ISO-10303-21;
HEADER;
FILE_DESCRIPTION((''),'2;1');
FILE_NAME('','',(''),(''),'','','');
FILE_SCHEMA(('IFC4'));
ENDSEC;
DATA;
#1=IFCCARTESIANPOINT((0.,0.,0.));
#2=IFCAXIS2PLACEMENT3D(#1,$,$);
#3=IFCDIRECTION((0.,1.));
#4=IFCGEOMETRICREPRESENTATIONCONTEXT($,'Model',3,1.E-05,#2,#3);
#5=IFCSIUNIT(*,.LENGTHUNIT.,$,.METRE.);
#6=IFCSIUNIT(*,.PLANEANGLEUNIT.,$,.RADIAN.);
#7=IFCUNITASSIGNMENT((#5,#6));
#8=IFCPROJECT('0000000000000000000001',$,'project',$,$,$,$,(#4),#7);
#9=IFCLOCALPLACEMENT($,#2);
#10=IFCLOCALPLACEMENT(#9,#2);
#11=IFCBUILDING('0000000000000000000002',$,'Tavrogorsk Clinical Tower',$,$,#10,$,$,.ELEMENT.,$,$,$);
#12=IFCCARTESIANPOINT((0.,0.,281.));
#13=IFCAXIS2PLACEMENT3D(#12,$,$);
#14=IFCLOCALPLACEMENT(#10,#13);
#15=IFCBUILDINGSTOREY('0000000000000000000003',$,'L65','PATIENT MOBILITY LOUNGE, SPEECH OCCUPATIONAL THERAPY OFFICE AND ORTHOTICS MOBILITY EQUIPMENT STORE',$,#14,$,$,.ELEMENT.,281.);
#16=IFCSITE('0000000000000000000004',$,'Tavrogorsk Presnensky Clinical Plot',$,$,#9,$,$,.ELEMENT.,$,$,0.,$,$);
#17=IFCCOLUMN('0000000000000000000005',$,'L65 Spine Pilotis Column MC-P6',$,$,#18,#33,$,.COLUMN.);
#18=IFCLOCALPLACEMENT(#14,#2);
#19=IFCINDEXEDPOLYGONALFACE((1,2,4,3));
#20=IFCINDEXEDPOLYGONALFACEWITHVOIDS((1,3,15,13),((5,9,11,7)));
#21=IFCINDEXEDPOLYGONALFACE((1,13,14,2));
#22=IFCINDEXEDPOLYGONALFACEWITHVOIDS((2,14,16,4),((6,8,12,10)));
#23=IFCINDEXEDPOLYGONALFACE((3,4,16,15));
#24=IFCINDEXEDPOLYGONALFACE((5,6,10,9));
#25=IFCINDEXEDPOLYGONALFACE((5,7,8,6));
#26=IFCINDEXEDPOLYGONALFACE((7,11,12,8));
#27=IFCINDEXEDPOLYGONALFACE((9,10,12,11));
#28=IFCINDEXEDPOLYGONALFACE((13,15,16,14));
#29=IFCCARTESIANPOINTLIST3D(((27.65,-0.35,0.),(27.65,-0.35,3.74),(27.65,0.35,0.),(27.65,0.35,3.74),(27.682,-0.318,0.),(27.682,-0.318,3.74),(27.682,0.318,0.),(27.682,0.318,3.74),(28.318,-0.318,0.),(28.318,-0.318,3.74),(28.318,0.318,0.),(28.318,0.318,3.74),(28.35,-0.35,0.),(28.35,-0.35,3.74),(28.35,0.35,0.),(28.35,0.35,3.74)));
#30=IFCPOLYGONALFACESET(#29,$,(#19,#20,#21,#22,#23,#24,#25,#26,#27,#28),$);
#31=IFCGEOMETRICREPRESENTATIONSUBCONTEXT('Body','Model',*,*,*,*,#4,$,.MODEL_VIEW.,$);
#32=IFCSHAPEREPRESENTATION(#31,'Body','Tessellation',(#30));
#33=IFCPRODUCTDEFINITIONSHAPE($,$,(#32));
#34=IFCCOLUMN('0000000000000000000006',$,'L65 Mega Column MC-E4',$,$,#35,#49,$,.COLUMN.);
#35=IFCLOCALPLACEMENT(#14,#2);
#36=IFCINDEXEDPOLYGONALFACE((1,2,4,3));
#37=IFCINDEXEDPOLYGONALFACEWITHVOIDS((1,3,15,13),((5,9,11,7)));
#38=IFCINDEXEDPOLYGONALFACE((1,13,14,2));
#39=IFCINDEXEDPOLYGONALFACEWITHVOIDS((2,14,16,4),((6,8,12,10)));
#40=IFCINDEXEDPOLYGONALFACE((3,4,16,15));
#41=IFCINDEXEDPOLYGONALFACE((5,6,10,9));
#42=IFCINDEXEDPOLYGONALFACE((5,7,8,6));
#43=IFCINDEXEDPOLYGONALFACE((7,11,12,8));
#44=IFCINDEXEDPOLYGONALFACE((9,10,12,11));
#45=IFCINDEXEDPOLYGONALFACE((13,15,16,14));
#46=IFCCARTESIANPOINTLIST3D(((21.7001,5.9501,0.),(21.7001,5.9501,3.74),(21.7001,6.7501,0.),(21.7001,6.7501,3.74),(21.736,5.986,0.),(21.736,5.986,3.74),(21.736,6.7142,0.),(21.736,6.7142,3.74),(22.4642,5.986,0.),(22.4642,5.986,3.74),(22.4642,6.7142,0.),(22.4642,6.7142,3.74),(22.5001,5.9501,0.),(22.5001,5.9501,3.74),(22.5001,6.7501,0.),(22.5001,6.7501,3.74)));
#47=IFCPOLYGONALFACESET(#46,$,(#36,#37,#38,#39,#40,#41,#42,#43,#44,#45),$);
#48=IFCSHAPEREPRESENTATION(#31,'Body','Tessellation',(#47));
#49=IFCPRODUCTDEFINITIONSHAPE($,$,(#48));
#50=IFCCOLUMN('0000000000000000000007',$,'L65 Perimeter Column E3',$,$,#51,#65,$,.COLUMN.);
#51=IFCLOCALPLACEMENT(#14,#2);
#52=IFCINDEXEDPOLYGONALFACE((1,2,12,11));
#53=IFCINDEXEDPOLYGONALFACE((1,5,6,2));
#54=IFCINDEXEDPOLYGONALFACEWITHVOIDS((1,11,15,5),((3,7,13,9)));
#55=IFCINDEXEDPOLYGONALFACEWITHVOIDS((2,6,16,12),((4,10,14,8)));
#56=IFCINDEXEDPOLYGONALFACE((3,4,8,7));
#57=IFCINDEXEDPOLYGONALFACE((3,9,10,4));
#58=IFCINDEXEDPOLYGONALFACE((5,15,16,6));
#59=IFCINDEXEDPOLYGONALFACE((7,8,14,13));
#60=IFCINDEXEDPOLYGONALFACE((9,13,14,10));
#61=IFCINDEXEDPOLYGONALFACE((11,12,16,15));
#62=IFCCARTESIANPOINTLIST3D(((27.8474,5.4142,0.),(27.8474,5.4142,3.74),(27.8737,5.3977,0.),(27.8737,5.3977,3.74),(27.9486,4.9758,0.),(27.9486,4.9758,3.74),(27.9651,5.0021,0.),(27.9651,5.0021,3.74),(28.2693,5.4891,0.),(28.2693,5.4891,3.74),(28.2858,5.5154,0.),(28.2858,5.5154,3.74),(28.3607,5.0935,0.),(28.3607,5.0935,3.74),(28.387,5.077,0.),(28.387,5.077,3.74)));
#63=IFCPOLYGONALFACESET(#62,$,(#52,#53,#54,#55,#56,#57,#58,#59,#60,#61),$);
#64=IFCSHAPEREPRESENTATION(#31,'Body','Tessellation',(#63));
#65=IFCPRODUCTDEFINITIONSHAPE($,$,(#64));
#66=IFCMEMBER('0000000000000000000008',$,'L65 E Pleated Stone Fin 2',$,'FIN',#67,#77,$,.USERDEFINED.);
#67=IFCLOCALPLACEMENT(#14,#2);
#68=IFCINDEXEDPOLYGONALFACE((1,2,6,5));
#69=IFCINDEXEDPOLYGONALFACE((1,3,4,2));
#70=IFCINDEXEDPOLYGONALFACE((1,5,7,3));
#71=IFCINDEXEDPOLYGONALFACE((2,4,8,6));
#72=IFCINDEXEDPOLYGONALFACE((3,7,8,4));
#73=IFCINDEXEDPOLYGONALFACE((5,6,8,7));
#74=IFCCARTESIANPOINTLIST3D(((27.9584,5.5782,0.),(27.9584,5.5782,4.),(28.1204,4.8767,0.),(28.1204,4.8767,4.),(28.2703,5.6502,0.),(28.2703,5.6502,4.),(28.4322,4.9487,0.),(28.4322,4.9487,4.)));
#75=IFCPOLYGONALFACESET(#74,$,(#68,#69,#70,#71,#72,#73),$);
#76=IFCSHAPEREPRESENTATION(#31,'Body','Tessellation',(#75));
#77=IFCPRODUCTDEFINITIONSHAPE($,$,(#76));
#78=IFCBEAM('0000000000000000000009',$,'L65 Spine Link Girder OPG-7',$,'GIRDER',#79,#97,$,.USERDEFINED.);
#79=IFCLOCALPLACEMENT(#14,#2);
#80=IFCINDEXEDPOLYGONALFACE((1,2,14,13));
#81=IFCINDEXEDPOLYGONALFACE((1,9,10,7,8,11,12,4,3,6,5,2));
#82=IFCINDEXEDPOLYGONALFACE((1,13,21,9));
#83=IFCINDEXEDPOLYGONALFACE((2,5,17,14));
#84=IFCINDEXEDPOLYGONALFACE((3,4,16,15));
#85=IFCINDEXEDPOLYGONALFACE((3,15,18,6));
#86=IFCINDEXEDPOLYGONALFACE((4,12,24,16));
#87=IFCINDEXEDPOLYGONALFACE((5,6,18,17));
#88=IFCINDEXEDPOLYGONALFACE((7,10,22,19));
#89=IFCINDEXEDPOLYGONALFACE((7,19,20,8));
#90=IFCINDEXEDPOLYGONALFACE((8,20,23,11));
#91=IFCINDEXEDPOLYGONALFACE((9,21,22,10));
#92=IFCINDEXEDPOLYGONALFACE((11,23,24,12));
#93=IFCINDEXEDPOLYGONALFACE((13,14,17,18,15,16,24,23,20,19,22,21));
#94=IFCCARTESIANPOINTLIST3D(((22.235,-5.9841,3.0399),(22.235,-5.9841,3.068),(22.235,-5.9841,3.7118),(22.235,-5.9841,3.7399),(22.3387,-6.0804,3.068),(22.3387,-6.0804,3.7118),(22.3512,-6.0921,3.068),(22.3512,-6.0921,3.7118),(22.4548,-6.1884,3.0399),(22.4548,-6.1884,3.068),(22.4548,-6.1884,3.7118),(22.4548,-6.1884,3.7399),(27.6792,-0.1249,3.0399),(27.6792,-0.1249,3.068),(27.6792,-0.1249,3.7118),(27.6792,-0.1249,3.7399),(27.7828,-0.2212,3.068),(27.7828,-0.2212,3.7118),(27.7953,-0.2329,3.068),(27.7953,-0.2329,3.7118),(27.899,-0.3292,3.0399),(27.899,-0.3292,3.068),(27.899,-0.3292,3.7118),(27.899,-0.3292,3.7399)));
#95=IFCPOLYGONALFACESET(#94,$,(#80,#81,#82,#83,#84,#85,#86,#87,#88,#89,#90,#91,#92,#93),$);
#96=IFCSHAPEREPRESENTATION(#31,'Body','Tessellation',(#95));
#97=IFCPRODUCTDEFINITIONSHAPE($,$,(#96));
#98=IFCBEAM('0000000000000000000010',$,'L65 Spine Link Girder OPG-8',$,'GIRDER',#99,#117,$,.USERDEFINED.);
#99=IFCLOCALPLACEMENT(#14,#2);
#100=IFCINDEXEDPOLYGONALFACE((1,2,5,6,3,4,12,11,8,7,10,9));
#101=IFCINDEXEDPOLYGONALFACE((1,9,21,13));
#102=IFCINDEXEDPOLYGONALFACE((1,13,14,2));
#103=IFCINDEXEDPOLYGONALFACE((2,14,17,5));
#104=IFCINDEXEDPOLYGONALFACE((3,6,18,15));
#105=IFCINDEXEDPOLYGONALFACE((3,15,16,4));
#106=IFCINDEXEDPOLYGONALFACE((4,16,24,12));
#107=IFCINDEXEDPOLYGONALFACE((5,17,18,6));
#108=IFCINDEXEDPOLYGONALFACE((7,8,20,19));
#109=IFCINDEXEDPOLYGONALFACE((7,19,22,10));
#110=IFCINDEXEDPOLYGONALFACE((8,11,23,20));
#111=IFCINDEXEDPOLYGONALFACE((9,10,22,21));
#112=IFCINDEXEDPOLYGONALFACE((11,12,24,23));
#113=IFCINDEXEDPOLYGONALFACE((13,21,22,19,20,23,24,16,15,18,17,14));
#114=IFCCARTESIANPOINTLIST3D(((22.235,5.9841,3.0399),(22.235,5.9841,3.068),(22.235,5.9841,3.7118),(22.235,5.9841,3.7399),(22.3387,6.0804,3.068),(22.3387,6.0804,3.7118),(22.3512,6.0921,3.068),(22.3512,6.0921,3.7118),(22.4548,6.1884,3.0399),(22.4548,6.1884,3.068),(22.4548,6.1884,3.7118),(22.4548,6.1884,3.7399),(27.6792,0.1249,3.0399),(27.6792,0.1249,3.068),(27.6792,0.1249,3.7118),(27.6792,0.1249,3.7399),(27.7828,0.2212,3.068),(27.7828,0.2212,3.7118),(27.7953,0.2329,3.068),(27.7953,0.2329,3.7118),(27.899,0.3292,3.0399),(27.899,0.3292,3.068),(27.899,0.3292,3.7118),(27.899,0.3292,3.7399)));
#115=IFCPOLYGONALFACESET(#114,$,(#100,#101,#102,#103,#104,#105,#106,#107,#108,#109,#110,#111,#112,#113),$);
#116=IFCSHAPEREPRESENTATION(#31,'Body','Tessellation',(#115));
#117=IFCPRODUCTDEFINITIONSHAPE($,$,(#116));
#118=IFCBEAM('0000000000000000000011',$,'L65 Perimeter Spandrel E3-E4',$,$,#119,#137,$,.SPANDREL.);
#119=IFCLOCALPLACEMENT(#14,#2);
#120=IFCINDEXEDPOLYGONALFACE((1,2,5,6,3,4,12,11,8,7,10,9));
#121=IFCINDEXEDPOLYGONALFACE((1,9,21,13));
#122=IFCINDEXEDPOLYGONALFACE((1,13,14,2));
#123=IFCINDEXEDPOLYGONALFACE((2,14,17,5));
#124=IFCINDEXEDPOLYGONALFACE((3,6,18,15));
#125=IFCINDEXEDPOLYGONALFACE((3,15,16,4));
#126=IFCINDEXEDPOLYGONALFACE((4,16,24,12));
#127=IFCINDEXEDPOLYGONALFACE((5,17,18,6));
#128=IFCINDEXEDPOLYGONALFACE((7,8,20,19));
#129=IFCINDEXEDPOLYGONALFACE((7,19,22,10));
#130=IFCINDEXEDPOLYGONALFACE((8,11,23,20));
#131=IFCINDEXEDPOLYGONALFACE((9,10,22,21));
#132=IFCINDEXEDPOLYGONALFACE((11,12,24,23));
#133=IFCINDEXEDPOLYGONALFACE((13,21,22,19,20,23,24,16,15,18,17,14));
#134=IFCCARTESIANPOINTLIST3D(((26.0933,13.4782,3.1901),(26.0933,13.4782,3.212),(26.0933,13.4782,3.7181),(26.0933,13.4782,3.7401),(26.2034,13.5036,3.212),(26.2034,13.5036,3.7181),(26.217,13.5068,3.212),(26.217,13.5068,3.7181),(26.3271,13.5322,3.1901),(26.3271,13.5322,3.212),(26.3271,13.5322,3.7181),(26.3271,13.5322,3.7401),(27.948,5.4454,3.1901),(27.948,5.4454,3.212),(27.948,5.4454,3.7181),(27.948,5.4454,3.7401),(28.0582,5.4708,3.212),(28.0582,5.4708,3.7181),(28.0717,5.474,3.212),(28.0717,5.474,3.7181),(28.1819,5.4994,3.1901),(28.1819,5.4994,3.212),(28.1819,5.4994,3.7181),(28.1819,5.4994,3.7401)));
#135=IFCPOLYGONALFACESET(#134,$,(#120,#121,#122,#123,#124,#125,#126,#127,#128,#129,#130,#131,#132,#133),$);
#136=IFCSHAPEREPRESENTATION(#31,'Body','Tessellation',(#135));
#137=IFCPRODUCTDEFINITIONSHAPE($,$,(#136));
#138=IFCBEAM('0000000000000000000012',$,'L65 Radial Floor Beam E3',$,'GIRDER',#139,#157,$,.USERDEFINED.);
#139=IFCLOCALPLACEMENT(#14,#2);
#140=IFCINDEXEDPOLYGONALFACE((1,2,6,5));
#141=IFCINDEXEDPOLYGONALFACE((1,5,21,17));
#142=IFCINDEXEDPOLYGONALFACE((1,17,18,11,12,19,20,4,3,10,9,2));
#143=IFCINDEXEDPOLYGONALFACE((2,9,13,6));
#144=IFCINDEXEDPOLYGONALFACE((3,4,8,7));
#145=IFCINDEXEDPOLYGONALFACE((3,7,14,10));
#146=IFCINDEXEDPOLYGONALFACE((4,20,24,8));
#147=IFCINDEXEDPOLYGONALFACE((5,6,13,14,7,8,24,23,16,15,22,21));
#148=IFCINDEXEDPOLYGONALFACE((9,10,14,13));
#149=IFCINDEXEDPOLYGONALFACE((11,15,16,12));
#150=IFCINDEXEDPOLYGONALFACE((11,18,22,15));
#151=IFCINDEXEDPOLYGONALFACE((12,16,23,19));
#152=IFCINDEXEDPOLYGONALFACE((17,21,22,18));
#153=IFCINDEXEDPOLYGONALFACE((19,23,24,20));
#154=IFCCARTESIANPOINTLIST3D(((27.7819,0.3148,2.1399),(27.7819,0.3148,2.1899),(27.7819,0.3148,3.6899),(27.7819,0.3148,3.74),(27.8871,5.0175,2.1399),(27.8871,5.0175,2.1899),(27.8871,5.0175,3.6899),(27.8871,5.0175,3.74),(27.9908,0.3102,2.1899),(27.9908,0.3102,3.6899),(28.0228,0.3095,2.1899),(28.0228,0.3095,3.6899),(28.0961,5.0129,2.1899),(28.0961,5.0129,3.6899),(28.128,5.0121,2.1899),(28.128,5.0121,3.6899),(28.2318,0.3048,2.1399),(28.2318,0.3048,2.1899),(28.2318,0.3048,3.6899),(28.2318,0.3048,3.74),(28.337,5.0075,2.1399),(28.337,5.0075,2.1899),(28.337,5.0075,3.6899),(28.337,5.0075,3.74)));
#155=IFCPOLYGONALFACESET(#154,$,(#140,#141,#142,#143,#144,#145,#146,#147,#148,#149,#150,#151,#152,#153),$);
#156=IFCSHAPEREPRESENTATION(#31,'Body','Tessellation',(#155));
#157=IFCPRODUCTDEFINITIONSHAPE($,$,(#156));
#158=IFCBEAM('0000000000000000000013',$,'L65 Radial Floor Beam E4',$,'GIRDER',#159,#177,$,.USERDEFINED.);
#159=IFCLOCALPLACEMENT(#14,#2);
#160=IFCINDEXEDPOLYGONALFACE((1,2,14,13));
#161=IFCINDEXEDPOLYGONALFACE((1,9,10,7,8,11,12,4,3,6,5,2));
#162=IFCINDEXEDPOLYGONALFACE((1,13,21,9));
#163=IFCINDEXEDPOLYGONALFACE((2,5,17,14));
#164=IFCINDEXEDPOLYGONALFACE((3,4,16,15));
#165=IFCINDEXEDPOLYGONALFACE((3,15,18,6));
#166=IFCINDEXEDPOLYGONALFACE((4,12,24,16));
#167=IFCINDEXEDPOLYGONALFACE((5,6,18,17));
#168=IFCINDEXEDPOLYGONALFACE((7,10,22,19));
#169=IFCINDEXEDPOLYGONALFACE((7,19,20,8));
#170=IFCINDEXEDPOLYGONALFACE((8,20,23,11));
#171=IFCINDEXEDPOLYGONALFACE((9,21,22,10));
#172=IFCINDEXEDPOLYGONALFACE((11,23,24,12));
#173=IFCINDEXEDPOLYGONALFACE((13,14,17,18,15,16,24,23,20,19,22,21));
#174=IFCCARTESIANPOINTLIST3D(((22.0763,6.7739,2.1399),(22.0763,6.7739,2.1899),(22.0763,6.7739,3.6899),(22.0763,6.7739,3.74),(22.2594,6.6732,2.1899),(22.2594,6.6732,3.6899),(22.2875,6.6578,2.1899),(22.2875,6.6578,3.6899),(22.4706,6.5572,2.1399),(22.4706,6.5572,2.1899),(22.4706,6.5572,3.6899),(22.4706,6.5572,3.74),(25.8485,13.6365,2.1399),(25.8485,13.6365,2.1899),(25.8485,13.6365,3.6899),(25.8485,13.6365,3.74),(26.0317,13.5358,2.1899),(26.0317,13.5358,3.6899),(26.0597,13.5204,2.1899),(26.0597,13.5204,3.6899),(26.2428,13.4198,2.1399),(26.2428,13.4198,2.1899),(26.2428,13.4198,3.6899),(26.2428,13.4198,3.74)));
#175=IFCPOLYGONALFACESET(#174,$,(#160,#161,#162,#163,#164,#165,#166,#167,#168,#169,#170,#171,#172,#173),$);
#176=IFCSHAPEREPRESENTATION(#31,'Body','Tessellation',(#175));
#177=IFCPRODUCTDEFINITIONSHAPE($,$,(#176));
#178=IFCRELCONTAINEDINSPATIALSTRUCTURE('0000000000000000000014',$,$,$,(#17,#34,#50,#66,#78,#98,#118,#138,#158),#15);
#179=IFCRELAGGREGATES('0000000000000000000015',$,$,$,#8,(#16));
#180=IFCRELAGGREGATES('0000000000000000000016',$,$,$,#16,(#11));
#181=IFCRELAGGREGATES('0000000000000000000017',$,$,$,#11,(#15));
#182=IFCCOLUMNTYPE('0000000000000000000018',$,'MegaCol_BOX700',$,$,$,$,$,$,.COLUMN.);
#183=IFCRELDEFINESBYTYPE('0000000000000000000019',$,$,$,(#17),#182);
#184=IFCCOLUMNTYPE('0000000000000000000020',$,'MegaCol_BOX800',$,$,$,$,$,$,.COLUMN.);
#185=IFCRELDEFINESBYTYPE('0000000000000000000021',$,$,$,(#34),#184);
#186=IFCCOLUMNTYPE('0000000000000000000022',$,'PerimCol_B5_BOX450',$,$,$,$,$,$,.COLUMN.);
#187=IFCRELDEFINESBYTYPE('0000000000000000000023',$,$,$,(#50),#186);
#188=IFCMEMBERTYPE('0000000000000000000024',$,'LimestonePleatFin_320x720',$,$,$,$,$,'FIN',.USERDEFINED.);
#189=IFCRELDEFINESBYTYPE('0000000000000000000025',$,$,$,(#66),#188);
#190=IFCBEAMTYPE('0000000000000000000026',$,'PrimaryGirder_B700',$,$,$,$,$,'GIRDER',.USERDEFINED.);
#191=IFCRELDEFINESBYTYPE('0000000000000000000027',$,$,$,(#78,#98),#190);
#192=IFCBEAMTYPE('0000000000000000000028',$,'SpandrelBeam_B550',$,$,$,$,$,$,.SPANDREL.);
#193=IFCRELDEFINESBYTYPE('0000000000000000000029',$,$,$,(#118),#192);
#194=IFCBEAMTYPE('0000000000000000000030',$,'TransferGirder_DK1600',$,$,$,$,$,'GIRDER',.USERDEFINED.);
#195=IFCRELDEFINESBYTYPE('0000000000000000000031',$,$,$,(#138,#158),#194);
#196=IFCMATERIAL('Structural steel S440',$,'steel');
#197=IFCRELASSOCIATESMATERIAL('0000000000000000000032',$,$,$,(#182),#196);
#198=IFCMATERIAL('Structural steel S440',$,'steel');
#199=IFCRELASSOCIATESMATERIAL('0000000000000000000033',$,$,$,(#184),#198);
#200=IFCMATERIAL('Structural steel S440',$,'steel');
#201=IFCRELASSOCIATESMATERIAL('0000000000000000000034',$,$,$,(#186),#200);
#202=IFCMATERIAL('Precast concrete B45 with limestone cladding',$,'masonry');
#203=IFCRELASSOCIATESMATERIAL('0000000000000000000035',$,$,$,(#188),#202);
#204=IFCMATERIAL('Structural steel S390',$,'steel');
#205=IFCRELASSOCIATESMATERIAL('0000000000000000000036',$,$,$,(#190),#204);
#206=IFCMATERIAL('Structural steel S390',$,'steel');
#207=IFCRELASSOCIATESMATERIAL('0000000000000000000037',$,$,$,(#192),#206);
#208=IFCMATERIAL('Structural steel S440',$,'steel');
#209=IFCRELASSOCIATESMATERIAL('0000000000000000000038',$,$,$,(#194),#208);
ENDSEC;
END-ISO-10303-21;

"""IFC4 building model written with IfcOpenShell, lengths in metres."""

from ifc_helpers import new_model, si_unit, direction, frame, origin, origin_2d, place, context, subcontext, project, spatial, rectangle, hollow_rectangle, i_section, extrude, material, material_profile, profile_set, type_object, element, save


model = new_model("IFC4")

# Units and contexts
model_context = context("Model", 3, precision=1e-05, world=origin(), true_north=direction((0.0, 1.0)))
body_context = subcontext(model_context, "Body", "Model", "MODEL_VIEW")
ifc_project = project(units=[si_unit("LENGTHUNIT", "METRE"), si_unit("PLANEANGLEUNIT", "RADIAN")], contexts=[model_context])

# Site, building, storey
site_placement = place(None, origin())
site = spatial("IfcSite", under=ifc_project, at=site_placement, Name="Tavrogorsk Presnensky Clinical Plot", CompositionType="ELEMENT", RefElevation=0.0)
building_placement = place(site_placement, origin())
building = spatial("IfcBuilding", under=site, at=building_placement, Name="Tavrogorsk Clinical Tower", CompositionType="ELEMENT")
storey_placement = place(building_placement, frame((0.0, 0.0, 281.0)))
storey = spatial("IfcBuildingStorey", under=building, at=storey_placement, Name="L65", Description="PATIENT MOBILITY LOUNGE, SPEECH OCCUPATIONAL THERAPY OFFICE AND ORTHOTICS MOBILITY EQUIPMENT STORE", CompositionType="ELEMENT", Elevation=281.0)

# Columns
ifc_material_1 = material(Name="Structural steel S440", Category="steel")
ifc_material_profile_1 = material_profile(ifc_material_1, hollow_rectangle(XDim=0.7, YDim=0.7, WallThickness=0.032, at=origin_2d()), Name="BOX-700x700x32")
ifc_profile_set_1 = profile_set([ifc_material_profile_1], Name="Structural steel S440")
column_type_1 = type_object("IfcColumnType", Name="MegaCol_BOX700", PredefinedType="COLUMN", material=ifc_profile_set_1)
column_1_placement = place(storey_placement, frame((28.0, 0.0, 0.0), z_axis=(0.0, 0.0, 1.0), x_axis=(1.0, 0.0, 0.0)))
element("IfcColumn", 1, at=column_1_placement, inside=storey, type_object=column_type_1, Name="L65 Spine Pilotis Column MC-P6", PredefinedType="COLUMN", context=body_context, shape_type="SweptSolid", body=[
    extrude(hollow_rectangle(XDim=0.7, YDim=0.7, WallThickness=0.032, at=origin_2d()), origin(), (0.0, 0.0, 1.0), 3.74),
])
ifc_material_2 = material(Name="Structural steel S440", Category="steel")
ifc_material_profile_2 = material_profile(ifc_material_2, hollow_rectangle(XDim=0.8, YDim=0.8, WallThickness=0.0359, at=origin_2d()), Name="BOX-800x800x36")
ifc_profile_set_2 = profile_set([ifc_material_profile_2], Name="Structural steel S440")
column_type_2 = type_object("IfcColumnType", Name="MegaCol_BOX800", PredefinedType="COLUMN", material=ifc_profile_set_2)
column_2_placement = place(storey_placement, frame((22.1001, 6.3501, 0.0), z_axis=(0.0, 0.0, 1.0), x_axis=(1.0, 0.0, 0.0)))
element("IfcColumn", 2, at=column_2_placement, inside=storey, type_object=column_type_2, Name="L65 Mega Column MC-E4", PredefinedType="COLUMN", context=body_context, shape_type="SweptSolid", body=[
    extrude(hollow_rectangle(XDim=0.8, YDim=0.8, WallThickness=0.0359, at=origin_2d()), origin(), (0.0, 0.0, 1.0), 3.74),
])
ifc_material_3 = material(Name="Structural steel S440", Category="steel")
ifc_material_profile_3 = material_profile(ifc_material_3, hollow_rectangle(XDim=0.45, YDim=0.45, WallThickness=0.022, at=origin_2d()), Name="BOX-450x450x22")
ifc_profile_set_3 = profile_set([ifc_material_profile_3], Name="Structural steel S440")
column_type_3 = type_object("IfcColumnType", Name="PerimCol_B5_BOX450", PredefinedType="COLUMN", material=ifc_profile_set_3)
column_3_placement = place(storey_placement, frame((28.1172, 5.2456, 0.0), z_axis=(0.0, 0.0, 1.0), x_axis=(0.97437, 0.224951, 0.0)))
element("IfcColumn", 3, at=column_3_placement, inside=storey, type_object=column_type_3, Name="L65 Perimeter Column E3", PredefinedType="COLUMN", context=body_context, shape_type="SweptSolid", body=[
    extrude(hollow_rectangle(XDim=0.45, YDim=0.45, WallThickness=0.022, at=origin_2d()), origin(), (0.0, 0.0, 1.0), 3.74),
])

# Member
ifc_material_4 = material(Name="Precast concrete B45 with limestone cladding", Category="masonry")
ifc_material_profile_4 = material_profile(ifc_material_4, rectangle(XDim=0.3201, YDim=0.72, at=origin_2d()), Name="LIMESTONE-FIN-320x720")
ifc_profile_set_4 = profile_set([ifc_material_profile_4], Name="Precast concrete B45 with limestone cladding")
member_type = type_object("IfcMemberType", Name="LimestonePleatFin_320x720", ElementType="FIN", PredefinedType="USERDEFINED", material=ifc_profile_set_4)
member_placement = place(storey_placement, frame((28.1953, 5.2634, 0.0), z_axis=(0.0, 0.0, 1.0), x_axis=(0.97437, 0.224951, 0.0)))
element("IfcMember", 4, at=member_placement, inside=storey, type_object=member_type, Name="L65 E Pleated Stone Fin 2", ObjectType="FIN", PredefinedType="USERDEFINED", context=body_context, shape_type="SweptSolid", body=[
    extrude(rectangle(XDim=0.3201, YDim=0.72, at=origin_2d()), origin(), (0.0, 0.0, 1.0), 4.0),
])

# Beams
ifc_material_5 = material(Name="Structural steel S390", Category="steel")
ifc_material_profile_5 = material_profile(ifc_material_5, i_section(OverallWidth=0.3, OverallDepth=0.7, WebThickness=0.0171, FlangeThickness=0.0281, at=origin_2d()), Name="B-700x300x17x28")
ifc_profile_set_5 = profile_set([ifc_material_profile_5], Name="Structural steel S390")
beam_type_1 = type_object("IfcBeamType", Name="PrimaryGirder_B700", ElementType="GIRDER", PredefinedType="USERDEFINED", material=ifc_profile_set_5)
for number, where, z_axis, x_axis, name in (
    (5, (27.7891, -0.2271, 3.3899), (-0.680684, -0.732577, 0.0), (0.732577, -0.680684, 0.0), "L65 Spine Link Girder OPG-7"),
    (6, (27.7891, 0.2271, 3.3899), (-0.680684, 0.732577, 0.0), (-0.732577, -0.680684, 0.0), "L65 Spine Link Girder OPG-8"),
):
    element("IfcBeam", number, at=place(storey_placement, frame(where, z_axis=z_axis, x_axis=x_axis)), inside=storey, type_object=beam_type_1, Name=name, ObjectType="GIRDER", PredefinedType="USERDEFINED", context=body_context, shape_type="SweptSolid", body=[
        extrude(i_section(OverallWidth=0.3, OverallDepth=0.7, WebThickness=0.0171, FlangeThickness=0.0281, at=origin_2d()), origin(), (0.0, 0.0, 1.0), 7.998),
    ])
ifc_material_6 = material(Name="Structural steel S390", Category="steel")
ifc_material_profile_6 = material_profile(ifc_material_6, i_section(OverallWidth=0.24, OverallDepth=0.55, WebThickness=0.0139, FlangeThickness=0.022, at=origin_2d()), Name="B-550x240x14x22")
ifc_profile_set_6 = profile_set([ifc_material_profile_6], Name="Structural steel S390")
beam_type_2 = type_object("IfcBeamType", Name="SpandrelBeam_B550", PredefinedType="SPANDREL", material=ifc_profile_set_6)
beam_1_placement = place(storey_placement, frame((28.0649, 5.4724, 3.4651), z_axis=(-0.224978, 0.974364, 0.0), x_axis=(-0.974364, -0.224978, 0.0)))
element("IfcBeam", 7, at=beam_1_placement, inside=storey, type_object=beam_type_2, Name="L65 Perimeter Spandrel E3-E4", PredefinedType="SPANDREL", context=body_context, shape_type="SweptSolid", body=[
    extrude(i_section(OverallWidth=0.24, OverallDepth=0.55, WebThickness=0.0139, FlangeThickness=0.022, at=origin_2d()), origin(), (0.0, 0.0, 1.0), 8.2441),
])
ifc_material_7 = material(Name="Structural steel S440", Category="steel")
ifc_material_profile_7 = material_profile(ifc_material_7, i_section(OverallWidth=0.45, OverallDepth=1.6001, WebThickness=0.032, FlangeThickness=0.05, at=origin_2d()), Name="DK-1600x450x32x50")
ifc_profile_set_7 = profile_set([ifc_material_profile_7], Name="Structural steel S440")
beam_type_3 = type_object("IfcBeamType", Name="TransferGirder_DK1600", ElementType="GIRDER", PredefinedType="USERDEFINED", material=ifc_profile_set_7)
beam_2_placement = place(storey_placement, frame((28.0068, 0.3098, 2.9399), z_axis=(0.02237, 0.99975, 0.0), x_axis=(-0.99975, 0.02237, 0.0)))
element("IfcBeam", 8, at=beam_2_placement, inside=storey, type_object=beam_type_3, Name="L65 Radial Floor Beam E3", ObjectType="GIRDER", PredefinedType="USERDEFINED", context=body_context, shape_type="SweptSolid", body=[
    extrude(i_section(OverallWidth=0.45, OverallDepth=1.6001, WebThickness=0.032, FlangeThickness=0.05, at=origin_2d()), origin(), (0.0, 0.0, 1.0), 4.7039),
])
beam_3_placement = place(storey_placement, frame((22.2734, 6.6655, 2.9399), z_axis=(0.481705, 0.876334, 0.0), x_axis=(-0.876334, 0.481705, 0.0)))
element("IfcBeam", 9, at=beam_3_placement, inside=storey, type_object=beam_type_3, Name="L65 Radial Floor Beam E4", ObjectType="GIRDER", PredefinedType="USERDEFINED", context=body_context, shape_type="SweptSolid", body=[
    extrude(i_section(OverallWidth=0.45, OverallDepth=1.6001, WebThickness=0.032, FlangeThickness=0.05, at=origin_2d()), origin(), (0.0, 0.0, 1.0), 7.8311),
])

save(model, "model.ifc")
